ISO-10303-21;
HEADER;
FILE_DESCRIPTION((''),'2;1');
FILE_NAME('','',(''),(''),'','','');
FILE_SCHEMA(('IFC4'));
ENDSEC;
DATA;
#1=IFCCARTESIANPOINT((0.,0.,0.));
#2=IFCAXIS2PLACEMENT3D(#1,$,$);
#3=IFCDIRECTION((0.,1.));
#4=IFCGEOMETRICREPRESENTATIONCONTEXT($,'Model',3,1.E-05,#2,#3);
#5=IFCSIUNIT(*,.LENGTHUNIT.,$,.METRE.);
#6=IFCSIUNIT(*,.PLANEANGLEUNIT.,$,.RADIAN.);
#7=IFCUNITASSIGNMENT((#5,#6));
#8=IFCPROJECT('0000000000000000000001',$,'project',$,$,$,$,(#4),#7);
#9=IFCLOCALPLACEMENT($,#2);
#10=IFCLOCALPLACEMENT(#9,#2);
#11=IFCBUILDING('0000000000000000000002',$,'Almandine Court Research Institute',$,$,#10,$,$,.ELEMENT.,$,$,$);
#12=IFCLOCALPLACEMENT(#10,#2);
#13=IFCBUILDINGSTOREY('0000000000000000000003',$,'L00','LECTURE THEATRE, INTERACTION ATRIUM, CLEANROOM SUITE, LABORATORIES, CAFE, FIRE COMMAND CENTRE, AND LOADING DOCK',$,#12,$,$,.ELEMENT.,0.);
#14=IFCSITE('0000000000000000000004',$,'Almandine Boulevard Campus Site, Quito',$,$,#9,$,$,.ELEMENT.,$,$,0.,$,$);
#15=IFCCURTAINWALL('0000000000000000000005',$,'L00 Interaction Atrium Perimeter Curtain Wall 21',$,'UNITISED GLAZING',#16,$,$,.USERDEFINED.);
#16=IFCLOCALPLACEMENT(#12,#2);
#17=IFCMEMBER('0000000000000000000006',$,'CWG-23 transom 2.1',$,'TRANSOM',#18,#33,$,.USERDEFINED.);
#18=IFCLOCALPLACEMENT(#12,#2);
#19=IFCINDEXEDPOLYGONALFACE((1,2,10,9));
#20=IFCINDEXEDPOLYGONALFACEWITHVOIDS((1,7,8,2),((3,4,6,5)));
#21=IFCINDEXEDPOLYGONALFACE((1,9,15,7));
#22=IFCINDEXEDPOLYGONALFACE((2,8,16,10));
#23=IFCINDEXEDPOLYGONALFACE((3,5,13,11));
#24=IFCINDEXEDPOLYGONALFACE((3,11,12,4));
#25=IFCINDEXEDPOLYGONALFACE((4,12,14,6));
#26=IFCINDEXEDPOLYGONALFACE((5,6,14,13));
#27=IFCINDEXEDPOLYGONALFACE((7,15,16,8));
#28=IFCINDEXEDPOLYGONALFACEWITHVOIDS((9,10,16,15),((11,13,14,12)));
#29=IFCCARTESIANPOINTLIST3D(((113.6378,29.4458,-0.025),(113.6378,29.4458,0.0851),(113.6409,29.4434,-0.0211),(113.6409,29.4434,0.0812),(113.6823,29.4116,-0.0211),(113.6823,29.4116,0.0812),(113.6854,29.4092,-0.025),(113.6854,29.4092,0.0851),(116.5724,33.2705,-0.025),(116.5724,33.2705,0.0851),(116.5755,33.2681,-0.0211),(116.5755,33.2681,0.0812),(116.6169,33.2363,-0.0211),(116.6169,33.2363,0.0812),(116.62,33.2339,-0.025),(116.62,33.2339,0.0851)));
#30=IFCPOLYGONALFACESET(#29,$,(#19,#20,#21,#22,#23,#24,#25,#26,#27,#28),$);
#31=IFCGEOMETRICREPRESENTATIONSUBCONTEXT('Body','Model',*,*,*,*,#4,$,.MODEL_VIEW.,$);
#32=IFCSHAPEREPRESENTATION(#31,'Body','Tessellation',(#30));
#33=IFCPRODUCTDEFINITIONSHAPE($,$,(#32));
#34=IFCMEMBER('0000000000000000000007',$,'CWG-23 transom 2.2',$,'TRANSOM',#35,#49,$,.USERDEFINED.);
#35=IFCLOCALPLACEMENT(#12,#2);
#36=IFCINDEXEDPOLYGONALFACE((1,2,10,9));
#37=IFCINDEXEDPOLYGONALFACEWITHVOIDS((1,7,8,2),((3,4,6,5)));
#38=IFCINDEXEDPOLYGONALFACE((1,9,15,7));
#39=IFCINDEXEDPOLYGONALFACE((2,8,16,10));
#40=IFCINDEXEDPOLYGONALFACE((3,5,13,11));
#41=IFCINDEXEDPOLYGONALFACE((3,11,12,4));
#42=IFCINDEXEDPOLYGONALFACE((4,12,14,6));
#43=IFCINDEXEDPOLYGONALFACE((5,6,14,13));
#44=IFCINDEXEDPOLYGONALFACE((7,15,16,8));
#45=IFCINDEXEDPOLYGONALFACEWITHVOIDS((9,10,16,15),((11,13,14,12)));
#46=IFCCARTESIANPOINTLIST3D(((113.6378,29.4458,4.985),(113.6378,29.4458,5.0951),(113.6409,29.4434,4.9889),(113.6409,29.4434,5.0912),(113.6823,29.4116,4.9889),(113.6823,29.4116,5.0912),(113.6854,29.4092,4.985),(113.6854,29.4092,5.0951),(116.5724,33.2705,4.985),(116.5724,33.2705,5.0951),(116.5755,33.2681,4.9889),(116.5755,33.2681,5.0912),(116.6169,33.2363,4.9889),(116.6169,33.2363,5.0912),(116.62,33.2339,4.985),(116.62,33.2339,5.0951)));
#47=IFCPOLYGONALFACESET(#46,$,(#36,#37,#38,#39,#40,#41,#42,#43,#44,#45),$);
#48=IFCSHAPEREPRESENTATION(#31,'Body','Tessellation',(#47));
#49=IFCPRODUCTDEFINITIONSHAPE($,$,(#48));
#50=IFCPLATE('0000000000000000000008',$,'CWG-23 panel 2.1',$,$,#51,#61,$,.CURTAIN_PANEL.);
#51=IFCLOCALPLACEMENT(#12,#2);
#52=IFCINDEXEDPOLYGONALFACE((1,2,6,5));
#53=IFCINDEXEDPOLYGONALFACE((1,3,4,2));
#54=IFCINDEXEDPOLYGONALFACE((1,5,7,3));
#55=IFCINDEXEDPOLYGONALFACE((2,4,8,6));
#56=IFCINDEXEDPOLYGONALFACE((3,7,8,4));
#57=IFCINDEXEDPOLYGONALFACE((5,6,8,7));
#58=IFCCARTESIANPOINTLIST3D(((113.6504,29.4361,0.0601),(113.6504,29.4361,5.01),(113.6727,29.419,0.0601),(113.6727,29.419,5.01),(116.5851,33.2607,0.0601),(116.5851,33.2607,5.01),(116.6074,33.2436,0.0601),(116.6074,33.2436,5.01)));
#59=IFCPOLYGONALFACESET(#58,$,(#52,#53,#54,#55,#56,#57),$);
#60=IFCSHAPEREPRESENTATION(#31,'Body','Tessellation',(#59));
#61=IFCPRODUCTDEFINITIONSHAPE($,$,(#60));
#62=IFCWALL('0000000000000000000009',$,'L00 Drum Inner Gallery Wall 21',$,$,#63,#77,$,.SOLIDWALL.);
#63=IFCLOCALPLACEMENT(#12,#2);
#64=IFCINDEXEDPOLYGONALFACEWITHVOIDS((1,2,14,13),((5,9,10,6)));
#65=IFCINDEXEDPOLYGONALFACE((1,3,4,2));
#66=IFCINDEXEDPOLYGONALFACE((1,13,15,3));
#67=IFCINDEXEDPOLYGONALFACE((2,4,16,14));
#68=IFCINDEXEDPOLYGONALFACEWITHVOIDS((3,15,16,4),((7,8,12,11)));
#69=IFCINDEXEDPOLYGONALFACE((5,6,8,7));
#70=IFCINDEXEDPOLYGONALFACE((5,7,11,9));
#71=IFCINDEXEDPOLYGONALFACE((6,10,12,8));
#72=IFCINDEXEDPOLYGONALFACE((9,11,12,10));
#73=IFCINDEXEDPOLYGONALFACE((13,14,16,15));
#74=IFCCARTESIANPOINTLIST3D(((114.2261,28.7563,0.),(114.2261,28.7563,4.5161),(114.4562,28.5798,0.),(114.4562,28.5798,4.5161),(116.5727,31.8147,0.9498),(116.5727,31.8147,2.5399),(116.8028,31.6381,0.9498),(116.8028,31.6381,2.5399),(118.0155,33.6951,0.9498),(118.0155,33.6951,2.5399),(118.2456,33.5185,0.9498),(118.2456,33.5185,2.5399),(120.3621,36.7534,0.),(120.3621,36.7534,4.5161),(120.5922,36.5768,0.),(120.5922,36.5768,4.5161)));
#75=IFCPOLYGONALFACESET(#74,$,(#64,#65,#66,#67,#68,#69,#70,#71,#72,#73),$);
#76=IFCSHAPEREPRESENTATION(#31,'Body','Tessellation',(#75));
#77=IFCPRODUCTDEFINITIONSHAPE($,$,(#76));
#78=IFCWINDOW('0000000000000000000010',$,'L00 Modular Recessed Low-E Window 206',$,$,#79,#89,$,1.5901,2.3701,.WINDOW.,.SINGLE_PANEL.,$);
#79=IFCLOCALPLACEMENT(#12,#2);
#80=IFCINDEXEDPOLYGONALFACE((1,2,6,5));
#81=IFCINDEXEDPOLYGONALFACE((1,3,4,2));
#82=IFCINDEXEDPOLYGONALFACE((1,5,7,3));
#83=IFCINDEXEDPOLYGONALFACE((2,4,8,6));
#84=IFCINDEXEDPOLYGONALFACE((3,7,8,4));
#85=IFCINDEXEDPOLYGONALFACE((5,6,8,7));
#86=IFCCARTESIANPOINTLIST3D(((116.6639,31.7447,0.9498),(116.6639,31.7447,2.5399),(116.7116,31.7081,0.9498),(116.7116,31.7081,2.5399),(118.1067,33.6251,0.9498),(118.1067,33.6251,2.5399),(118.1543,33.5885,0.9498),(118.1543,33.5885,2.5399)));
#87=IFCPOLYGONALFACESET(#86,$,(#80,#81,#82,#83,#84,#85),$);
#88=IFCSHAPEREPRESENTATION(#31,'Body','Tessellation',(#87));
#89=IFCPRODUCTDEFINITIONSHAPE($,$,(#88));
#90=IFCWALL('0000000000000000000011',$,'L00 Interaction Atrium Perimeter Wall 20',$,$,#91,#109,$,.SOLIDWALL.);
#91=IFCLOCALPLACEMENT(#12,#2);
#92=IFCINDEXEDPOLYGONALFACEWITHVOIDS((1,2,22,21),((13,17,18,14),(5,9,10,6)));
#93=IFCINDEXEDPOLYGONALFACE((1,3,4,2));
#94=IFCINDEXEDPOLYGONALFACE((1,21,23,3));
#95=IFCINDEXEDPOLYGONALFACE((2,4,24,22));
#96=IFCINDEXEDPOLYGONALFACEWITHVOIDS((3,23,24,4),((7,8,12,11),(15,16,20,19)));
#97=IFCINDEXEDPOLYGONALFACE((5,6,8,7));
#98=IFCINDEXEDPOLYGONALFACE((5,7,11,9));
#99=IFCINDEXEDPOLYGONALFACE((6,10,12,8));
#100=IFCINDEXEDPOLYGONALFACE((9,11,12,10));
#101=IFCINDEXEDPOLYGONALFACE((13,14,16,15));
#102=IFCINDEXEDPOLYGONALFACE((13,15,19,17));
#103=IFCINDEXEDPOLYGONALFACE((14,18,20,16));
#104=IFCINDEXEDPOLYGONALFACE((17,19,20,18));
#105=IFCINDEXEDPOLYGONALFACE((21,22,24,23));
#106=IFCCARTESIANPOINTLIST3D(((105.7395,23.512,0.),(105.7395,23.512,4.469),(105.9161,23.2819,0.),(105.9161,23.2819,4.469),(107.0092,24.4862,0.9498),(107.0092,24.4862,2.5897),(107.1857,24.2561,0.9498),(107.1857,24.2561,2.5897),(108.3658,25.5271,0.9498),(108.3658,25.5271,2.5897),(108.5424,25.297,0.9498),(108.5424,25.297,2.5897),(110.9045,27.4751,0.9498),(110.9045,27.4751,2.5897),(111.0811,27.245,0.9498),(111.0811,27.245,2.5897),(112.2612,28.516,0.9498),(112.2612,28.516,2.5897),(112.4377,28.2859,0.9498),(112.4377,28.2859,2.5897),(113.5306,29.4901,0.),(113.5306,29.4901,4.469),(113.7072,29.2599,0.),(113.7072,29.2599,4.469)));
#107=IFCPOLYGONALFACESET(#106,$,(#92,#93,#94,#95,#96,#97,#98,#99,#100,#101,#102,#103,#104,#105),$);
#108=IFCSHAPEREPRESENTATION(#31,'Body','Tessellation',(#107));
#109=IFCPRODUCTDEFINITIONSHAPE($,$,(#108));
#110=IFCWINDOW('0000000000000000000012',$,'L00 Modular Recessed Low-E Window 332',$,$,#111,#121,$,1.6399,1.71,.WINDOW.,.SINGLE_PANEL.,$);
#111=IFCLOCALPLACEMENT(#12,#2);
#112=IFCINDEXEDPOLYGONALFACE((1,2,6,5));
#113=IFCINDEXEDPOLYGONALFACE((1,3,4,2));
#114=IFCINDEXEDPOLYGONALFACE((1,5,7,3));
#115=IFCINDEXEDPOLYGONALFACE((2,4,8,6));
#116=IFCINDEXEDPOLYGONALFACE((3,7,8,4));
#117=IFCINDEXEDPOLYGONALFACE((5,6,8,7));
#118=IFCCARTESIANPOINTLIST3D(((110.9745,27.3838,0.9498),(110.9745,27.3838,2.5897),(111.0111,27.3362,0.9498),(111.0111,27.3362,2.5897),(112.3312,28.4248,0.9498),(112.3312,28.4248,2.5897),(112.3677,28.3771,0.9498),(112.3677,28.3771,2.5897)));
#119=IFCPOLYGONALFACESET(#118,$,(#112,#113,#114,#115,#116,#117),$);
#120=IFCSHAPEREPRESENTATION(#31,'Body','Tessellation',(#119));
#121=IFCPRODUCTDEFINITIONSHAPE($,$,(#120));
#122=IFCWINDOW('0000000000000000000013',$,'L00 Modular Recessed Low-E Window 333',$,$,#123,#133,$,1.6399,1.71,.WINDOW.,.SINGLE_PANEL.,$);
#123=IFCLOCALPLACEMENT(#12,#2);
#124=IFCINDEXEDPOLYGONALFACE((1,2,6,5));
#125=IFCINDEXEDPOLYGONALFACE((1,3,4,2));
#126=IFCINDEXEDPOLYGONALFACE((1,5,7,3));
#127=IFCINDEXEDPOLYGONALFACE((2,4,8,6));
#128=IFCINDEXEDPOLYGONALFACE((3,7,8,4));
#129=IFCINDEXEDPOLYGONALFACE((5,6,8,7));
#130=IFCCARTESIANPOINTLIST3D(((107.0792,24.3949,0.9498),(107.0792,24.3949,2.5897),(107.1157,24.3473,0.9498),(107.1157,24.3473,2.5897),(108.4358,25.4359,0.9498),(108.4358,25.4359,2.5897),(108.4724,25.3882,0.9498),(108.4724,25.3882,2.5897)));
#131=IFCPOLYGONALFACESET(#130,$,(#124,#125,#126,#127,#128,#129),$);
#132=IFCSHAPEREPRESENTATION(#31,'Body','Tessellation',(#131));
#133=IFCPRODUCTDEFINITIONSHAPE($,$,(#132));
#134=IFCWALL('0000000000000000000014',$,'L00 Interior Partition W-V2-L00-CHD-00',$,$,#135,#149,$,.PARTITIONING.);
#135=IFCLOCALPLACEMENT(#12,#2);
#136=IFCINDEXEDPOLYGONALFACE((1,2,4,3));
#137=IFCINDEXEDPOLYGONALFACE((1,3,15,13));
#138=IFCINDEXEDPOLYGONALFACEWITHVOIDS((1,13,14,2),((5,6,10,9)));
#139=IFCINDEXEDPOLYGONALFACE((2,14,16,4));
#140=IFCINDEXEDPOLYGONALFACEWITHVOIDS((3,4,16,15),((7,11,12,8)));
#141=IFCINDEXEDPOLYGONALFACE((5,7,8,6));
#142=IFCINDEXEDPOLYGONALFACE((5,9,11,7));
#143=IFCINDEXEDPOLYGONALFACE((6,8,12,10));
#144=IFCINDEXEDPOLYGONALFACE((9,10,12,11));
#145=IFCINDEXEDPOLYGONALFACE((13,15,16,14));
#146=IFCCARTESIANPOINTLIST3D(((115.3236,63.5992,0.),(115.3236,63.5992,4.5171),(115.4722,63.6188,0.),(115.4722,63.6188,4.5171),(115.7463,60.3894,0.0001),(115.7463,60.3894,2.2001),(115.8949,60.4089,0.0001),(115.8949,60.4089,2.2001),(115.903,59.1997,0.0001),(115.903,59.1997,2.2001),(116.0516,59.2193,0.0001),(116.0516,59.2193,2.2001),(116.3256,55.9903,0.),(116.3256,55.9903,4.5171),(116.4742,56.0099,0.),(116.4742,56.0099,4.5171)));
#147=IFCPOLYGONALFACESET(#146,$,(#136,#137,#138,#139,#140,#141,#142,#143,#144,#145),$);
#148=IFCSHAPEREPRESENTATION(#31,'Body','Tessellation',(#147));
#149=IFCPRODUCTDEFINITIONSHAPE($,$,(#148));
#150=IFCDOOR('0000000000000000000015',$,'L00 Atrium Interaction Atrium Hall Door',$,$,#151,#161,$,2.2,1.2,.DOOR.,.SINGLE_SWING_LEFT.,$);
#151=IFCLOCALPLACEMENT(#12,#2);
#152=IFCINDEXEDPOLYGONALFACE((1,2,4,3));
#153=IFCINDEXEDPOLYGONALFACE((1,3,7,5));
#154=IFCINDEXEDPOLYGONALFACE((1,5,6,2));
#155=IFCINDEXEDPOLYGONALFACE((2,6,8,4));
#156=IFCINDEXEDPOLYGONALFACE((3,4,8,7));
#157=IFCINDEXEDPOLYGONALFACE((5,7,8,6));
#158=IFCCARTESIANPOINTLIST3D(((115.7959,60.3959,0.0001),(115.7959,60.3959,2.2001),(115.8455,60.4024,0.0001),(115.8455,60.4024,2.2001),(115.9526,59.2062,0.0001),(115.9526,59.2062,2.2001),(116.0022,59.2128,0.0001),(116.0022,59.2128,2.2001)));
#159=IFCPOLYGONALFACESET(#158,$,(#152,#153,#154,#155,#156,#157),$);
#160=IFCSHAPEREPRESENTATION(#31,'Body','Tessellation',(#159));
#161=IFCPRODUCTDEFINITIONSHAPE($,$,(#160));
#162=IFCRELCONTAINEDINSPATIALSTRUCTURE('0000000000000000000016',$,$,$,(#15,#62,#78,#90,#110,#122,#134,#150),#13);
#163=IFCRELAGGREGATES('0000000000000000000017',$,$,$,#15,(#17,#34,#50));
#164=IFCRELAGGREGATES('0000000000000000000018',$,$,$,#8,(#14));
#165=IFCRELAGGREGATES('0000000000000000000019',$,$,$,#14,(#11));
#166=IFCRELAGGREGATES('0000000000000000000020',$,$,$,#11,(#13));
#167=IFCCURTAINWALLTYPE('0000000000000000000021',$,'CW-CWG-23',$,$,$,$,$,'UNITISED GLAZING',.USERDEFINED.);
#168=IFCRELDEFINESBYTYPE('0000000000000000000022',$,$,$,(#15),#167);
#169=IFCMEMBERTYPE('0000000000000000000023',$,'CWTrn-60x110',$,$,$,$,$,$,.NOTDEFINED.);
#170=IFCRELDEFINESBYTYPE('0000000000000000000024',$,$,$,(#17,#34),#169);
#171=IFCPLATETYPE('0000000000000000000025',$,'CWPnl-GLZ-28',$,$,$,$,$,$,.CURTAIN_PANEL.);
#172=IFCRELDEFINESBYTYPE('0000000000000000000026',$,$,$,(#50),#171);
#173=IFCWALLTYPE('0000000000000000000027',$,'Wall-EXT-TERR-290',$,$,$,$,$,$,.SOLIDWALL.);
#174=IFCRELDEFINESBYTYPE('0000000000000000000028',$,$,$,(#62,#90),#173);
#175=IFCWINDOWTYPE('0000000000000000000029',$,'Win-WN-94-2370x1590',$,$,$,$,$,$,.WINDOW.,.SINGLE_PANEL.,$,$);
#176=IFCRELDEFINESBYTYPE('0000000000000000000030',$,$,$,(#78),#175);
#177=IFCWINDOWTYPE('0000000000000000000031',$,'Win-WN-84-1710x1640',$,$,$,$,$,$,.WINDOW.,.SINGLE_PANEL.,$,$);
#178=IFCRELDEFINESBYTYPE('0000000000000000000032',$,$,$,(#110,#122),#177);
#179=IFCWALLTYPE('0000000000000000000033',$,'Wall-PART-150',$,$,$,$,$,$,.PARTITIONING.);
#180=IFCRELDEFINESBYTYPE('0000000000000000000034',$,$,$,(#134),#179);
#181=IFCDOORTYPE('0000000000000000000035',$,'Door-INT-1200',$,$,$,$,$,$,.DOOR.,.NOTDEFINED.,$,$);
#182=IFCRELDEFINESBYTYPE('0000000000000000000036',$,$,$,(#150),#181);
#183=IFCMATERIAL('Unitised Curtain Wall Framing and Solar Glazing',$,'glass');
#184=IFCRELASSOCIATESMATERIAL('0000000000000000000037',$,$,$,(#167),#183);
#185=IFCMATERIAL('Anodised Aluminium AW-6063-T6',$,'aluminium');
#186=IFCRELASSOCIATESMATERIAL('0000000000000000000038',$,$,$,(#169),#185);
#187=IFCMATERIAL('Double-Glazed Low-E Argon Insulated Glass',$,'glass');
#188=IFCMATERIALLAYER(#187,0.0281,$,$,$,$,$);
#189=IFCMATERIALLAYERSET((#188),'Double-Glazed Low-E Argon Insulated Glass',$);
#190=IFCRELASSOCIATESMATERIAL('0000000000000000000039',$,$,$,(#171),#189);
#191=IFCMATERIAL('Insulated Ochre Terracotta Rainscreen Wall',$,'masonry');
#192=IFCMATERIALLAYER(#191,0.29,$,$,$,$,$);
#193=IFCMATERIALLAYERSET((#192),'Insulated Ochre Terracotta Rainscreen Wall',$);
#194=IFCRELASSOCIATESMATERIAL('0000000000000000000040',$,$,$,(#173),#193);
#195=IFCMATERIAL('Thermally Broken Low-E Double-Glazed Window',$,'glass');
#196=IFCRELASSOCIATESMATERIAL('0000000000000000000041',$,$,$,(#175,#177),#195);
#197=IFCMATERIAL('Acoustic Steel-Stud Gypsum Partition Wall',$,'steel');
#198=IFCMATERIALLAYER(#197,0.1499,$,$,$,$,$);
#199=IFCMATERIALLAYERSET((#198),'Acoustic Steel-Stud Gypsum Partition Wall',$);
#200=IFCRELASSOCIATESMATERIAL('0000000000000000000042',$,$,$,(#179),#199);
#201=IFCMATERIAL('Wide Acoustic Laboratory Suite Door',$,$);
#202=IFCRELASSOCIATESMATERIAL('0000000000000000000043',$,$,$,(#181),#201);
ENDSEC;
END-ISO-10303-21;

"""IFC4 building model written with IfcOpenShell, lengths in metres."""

from ifc_helpers import new_model, si_unit, direction, frame, frame_2d, origin, origin_2d, place, context, subcontext, project, spatial, rectangle, hollow_rectangle, extrude, material, layer, layer_set, material_profile, profile_set, type_object, element, fill, aggregate, save


model = new_model("IFC4")

# Units and contexts
model_context = context("Model", 3, precision=1e-05, world=origin(), true_north=direction((0.0, 1.0)))
body_context = subcontext(model_context, "Body", "Model", "MODEL_VIEW")
ifc_project = project(units=[si_unit("LENGTHUNIT", "METRE"), si_unit("PLANEANGLEUNIT", "RADIAN")], contexts=[model_context])

# Site, building, storey
site_placement = place(None, origin())
site = spatial("IfcSite", under=ifc_project, at=site_placement, Name="Almandine Boulevard Campus Site, Quito", CompositionType="ELEMENT", RefElevation=0.0)
building_placement = place(site_placement, origin())
building = spatial("IfcBuilding", under=site, at=building_placement, Name="Almandine Court Research Institute", CompositionType="ELEMENT")
storey_placement = place(building_placement, origin())
storey = spatial("IfcBuildingStorey", under=building, at=storey_placement, Name="L00", Description="LECTURE THEATRE, INTERACTION ATRIUM, CLEANROOM SUITE, LABORATORIES, CAFE, FIRE COMMAND CENTRE, AND LOADING DOCK", CompositionType="ELEMENT", Elevation=0.0)

# Curtain wall, members, plate
ifc_material_1 = material(Name="Unitised Curtain Wall Framing and Solar Glazing", Category="glass")
curtain_wall_type = type_object("IfcCurtainWallType", Name="CW-CWG-23", ElementType="UNITISED GLAZING", PredefinedType="USERDEFINED", material=ifc_material_1)
curtain_wall_placement = place(storey_placement, origin())
curtain_wall = element("IfcCurtainWall", 1, at=curtain_wall_placement, inside=storey, type_object=curtain_wall_type, Name="L00 Interaction Atrium Perimeter Curtain Wall 21", ObjectType="UNITISED GLAZING", PredefinedType="USERDEFINED")
ifc_material_2 = material(Name="Anodised Aluminium AW-6063-T6", Category="aluminium")
ifc_material_profile_1 = material_profile(ifc_material_2, hollow_rectangle(XDim=0.0601, YDim=0.1101, WallThickness=0.0039, at=origin_2d()), Name="ALU RHS 60x110x4")
ifc_profile_set_1 = profile_set([ifc_material_profile_1], Name="Anodised Aluminium AW-6063-T6")
member_type_1 = type_object("IfcMemberType", Name="CWTrn-60x110", PredefinedType="NOTDEFINED", material=ifc_profile_set_1)
member_1_placement = place(storey_placement, frame((116.5962, 33.2522, 0.03), z_axis=(-0.608731, -0.793376, 0.0), x_axis=(0.793376, -0.608731, 0.0)))
member_1 = element("IfcMember", 2, at=member_1_placement, type_object=member_type_1, Name="CWG-23 transom 2.1", ObjectType="TRANSOM", PredefinedType="USERDEFINED", context=body_context, shape_type="SweptSolid", body=[
    extrude(hollow_rectangle(XDim=0.0601, YDim=0.1101, WallThickness=0.0039, at=origin_2d()), origin(), (0.0, 0.0, 1.0), 4.8208),
])
member_2_placement = place(storey_placement, frame((116.5962, 33.2522, 5.04), z_axis=(-0.608731, -0.793376, 0.0), x_axis=(0.793376, -0.608731, 0.0)))
member_2 = element("IfcMember", 3, at=member_2_placement, type_object=member_type_1, Name="CWG-23 transom 2.2", ObjectType="TRANSOM", PredefinedType="USERDEFINED", context=body_context, shape_type="SweptSolid", body=[
    extrude(hollow_rectangle(XDim=0.0601, YDim=0.1101, WallThickness=0.0039, at=origin_2d()), origin(), (0.0, 0.0, 1.0), 4.8208),
])
ifc_material_3 = material(Name="Double-Glazed Low-E Argon Insulated Glass", Category="glass")
ifc_layer_1 = layer(ifc_material_3, 0.0281)
ifc_layer_set_1 = layer_set([ifc_layer_1], Name="Double-Glazed Low-E Argon Insulated Glass")
plate_type = type_object("IfcPlateType", Name="CWPnl-GLZ-28", PredefinedType="CURTAIN_PANEL", material=ifc_layer_set_1)
plate_placement = place(storey_placement, frame((115.1289, 31.3398, 0.0601), z_axis=(0.0, 0.0, 1.0), x_axis=(-0.608761, -0.793354, 0.0)))
plate = element("IfcPlate", 4, at=plate_placement, type_object=plate_type, Name="CWG-23 panel 2.1", PredefinedType="CURTAIN_PANEL", context=body_context, shape_type="SweptSolid", body=[
    extrude(rectangle(XDim=4.8208, YDim=0.0281, at=origin_2d()), origin(), (0.0, 0.0, 1.0), 4.95),
])
aggregate(curtain_wall, [member_1, member_2, plate])

# Wall, opening, window
ifc_material_4 = material(Name="Insulated Ochre Terracotta Rainscreen Wall", Category="masonry")
ifc_layer_2 = layer(ifc_material_4, 0.29)
ifc_layer_set_2 = layer_set([ifc_layer_2], Name="Insulated Ochre Terracotta Rainscreen Wall")
wall_type_1 = type_object("IfcWallType", Name="Wall-EXT-TERR-290", PredefinedType="SOLIDWALL", material=ifc_layer_set_2)
wall_1_placement = place(storey_placement, frame((114.3411, 28.668, 0.0), z_axis=(0.0, 0.0, 1.0), x_axis=(0.608738, 0.793372, 0.0)))
wall_1 = element("IfcWall", 5, at=wall_1_placement, inside=storey, type_object=wall_type_1, Name="L00 Drum Inner Gallery Wall 21", PredefinedType="SOLIDWALL", context=body_context, shape_type="SweptSolid", body=[
    extrude(rectangle(XDim=10.0798, YDim=0.29, at=frame_2d((5.04, 0.0))), origin(), (0.0, 0.0, 1.0), 4.5161),
])
opening_1_placement = place(wall_1_placement, frame((3.855, 0.0, 0.95)))
opening_1 = element("IfcOpeningElement", 6, at=opening_1_placement, cuts=wall_1, PredefinedType="OPENING", context=body_context, shape_type="SweptSolid", body=[
    extrude(rectangle(XDim=2.3701, YDim=1.5901, at=frame_2d((1.1851, 0.7949))), frame((0.0, 0.155, 0.0), z_axis=(0.0, -1.0, 0.0), x_axis=(1.0, 0.0, 0.0)), (0.0, 0.0, 1.0), 0.3101),
])
ifc_material_5 = material(Name="Thermally Broken Low-E Double-Glazed Window", Category="glass")
window_type_1 = type_object("IfcWindowType", Name="Win-WN-94-2370x1590", PartitioningType="SINGLE_PANEL", PredefinedType="WINDOW", material=ifc_material_5)
window_1_placement = place(opening_1_placement, origin())
window_1 = element("IfcWindow", 7, at=window_1_placement, inside=storey, type_object=window_type_1, Name="L00 Modular Recessed Low-E Window 206", OverallHeight=1.5901, OverallWidth=2.3701, PartitioningType="SINGLE_PANEL", PredefinedType="WINDOW", context=body_context, shape_type="SweptSolid", body=[
    extrude(rectangle(XDim=2.3701, YDim=1.5901, at=frame_2d((1.1851, 0.7949))), frame((0.0, 0.03, 0.0), z_axis=(0.0, -1.0, 0.0), x_axis=(1.0, 0.0, 0.0)), (0.0, 0.0, 1.0), 0.0601),
])
fill(opening_1, window_1)

# Wall, openings, windows
wall_2_placement = place(storey_placement, frame((113.6189, 29.375, 0.0), z_axis=(0.0, 0.0, 1.0), x_axis=(-0.793365, -0.608747, 0.0)))
wall_2 = element("IfcWall", 8, at=wall_2_placement, inside=storey, type_object=wall_type_1, Name="L00 Interaction Atrium Perimeter Wall 20", PredefinedType="SOLIDWALL", context=body_context, shape_type="SweptSolid", body=[
    extrude(rectangle(XDim=9.8203, YDim=0.29, at=frame_2d((4.9102, 0.0))), origin(), (0.0, 0.0, 1.0), 4.469),
])
opening_2_placement = place(wall_2_placement, frame((1.6001, 0.0, 0.95)))
opening_2 = element("IfcOpeningElement", 9, at=opening_2_placement, cuts=wall_2, PredefinedType="OPENING", context=body_context, shape_type="SweptSolid", body=[
    extrude(rectangle(XDim=1.71, YDim=1.6399, at=frame_2d((0.855, 0.8198))), frame((0.0, 0.155, 0.0), z_axis=(0.0, -1.0, 0.0), x_axis=(1.0, 0.0, 0.0)), (0.0, 0.0, 1.0), 0.3101),
])
opening_3_placement = place(wall_2_placement, frame((6.51, 0.0, 0.95)))
opening_3 = element("IfcOpeningElement", 10, at=opening_3_placement, cuts=wall_2, PredefinedType="OPENING", context=body_context, shape_type="SweptSolid", body=[
    extrude(rectangle(XDim=1.71, YDim=1.6399, at=frame_2d((0.855, 0.8198))), frame((0.0, 0.155, 0.0), z_axis=(0.0, -1.0, 0.0), x_axis=(1.0, 0.0, 0.0)), (0.0, 0.0, 1.0), 0.3101),
])
window_type_2 = type_object("IfcWindowType", Name="Win-WN-84-1710x1640", PartitioningType="SINGLE_PANEL", PredefinedType="WINDOW", material=ifc_material_5)
window_2_placement = place(opening_2_placement, origin())
window_2 = element("IfcWindow", 11, at=window_2_placement, inside=storey, type_object=window_type_2, Name="L00 Modular Recessed Low-E Window 332", OverallHeight=1.6399, OverallWidth=1.71, PartitioningType="SINGLE_PANEL", PredefinedType="WINDOW", context=body_context, shape_type="SweptSolid", body=[
    extrude(rectangle(XDim=1.71, YDim=1.6399, at=frame_2d((0.855, 0.8198))), frame((0.0, 0.03, 0.0), z_axis=(0.0, -1.0, 0.0), x_axis=(1.0, 0.0, 0.0)), (0.0, 0.0, 1.0), 0.0601),
])
fill(opening_2, window_2)
window_3_placement = place(opening_3_placement, origin())
window_3 = element("IfcWindow", 12, at=window_3_placement, inside=storey, type_object=window_type_2, Name="L00 Modular Recessed Low-E Window 333", OverallHeight=1.6399, OverallWidth=1.71, PartitioningType="SINGLE_PANEL", PredefinedType="WINDOW", context=body_context, shape_type="SweptSolid", body=[
    extrude(rectangle(XDim=1.71, YDim=1.6399, at=frame_2d((0.855, 0.8198))), frame((0.0, 0.03, 0.0), z_axis=(0.0, -1.0, 0.0), x_axis=(1.0, 0.0, 0.0)), (0.0, 0.0, 1.0), 0.0601),
])
fill(opening_3, window_3)

# Wall, opening, door
ifc_material_6 = material(Name="Acoustic Steel-Stud Gypsum Partition Wall", Category="steel")
ifc_layer_3 = layer(ifc_material_6, 0.1499)
ifc_layer_set_3 = layer_set([ifc_layer_3], Name="Acoustic Steel-Stud Gypsum Partition Wall")
wall_type_2 = type_object("IfcWallType", Name="Wall-PART-150", PredefinedType="PARTITIONING", material=ifc_layer_set_3)
wall_3_placement = place(storey_placement, frame((116.3999, 56.0, 0.0), z_axis=(0.0, 0.0, 1.0), x_axis=(-0.130555, 0.991441, 0.0)))
wall_3 = element("IfcWall", 13, at=wall_3_placement, inside=storey, type_object=wall_type_2, Name="L00 Interior Partition W-V2-L00-CHD-00", PredefinedType="PARTITIONING", context=body_context, shape_type="SweptSolid", body=[
    extrude(rectangle(XDim=7.6746, YDim=0.1499, at=frame_2d((3.8374, 0.0))), origin(), (0.0, 0.0, 1.0), 4.5171),
])
opening_4_placement = place(wall_3_placement, frame((3.2371, 0.0, 0.0)))
opening_4 = element("IfcOpeningElement", 14, at=opening_4_placement, cuts=wall_3, PredefinedType="OPENING", context=body_context, shape_type="SweptSolid", body=[
    extrude(rectangle(XDim=1.2, YDim=2.2, at=frame_2d((0.6001, 1.1001))), frame((0.0, 0.085, 0.0), z_axis=(0.0, -1.0, 0.0), x_axis=(1.0, 0.0, 0.0)), (0.0, 0.0, 1.0), 0.1699),
])
ifc_material_7 = material(Name="Wide Acoustic Laboratory Suite Door")
door_type = type_object("IfcDoorType", Name="Door-INT-1200", OperationType="NOTDEFINED", PredefinedType="DOOR", material=ifc_material_7)
door_placement = place(opening_4_placement, origin())
door = element("IfcDoor", 15, at=door_placement, inside=storey, type_object=door_type, Name="L00 Atrium Interaction Atrium Hall Door", OperationType="SINGLE_SWING_LEFT", OverallHeight=2.2, OverallWidth=1.2, PredefinedType="DOOR", context=body_context, shape_type="SweptSolid", body=[
    extrude(rectangle(XDim=1.2, YDim=2.2, at=frame_2d((0.6001, 1.1001))), frame((0.0, 0.0249, 0.0), z_axis=(0.0, -1.0, 0.0), x_axis=(1.0, 0.0, 0.0)), (0.0, 0.0, 1.0), 0.05),
])
fill(opening_4, door)

save(model, "model.ifc")
